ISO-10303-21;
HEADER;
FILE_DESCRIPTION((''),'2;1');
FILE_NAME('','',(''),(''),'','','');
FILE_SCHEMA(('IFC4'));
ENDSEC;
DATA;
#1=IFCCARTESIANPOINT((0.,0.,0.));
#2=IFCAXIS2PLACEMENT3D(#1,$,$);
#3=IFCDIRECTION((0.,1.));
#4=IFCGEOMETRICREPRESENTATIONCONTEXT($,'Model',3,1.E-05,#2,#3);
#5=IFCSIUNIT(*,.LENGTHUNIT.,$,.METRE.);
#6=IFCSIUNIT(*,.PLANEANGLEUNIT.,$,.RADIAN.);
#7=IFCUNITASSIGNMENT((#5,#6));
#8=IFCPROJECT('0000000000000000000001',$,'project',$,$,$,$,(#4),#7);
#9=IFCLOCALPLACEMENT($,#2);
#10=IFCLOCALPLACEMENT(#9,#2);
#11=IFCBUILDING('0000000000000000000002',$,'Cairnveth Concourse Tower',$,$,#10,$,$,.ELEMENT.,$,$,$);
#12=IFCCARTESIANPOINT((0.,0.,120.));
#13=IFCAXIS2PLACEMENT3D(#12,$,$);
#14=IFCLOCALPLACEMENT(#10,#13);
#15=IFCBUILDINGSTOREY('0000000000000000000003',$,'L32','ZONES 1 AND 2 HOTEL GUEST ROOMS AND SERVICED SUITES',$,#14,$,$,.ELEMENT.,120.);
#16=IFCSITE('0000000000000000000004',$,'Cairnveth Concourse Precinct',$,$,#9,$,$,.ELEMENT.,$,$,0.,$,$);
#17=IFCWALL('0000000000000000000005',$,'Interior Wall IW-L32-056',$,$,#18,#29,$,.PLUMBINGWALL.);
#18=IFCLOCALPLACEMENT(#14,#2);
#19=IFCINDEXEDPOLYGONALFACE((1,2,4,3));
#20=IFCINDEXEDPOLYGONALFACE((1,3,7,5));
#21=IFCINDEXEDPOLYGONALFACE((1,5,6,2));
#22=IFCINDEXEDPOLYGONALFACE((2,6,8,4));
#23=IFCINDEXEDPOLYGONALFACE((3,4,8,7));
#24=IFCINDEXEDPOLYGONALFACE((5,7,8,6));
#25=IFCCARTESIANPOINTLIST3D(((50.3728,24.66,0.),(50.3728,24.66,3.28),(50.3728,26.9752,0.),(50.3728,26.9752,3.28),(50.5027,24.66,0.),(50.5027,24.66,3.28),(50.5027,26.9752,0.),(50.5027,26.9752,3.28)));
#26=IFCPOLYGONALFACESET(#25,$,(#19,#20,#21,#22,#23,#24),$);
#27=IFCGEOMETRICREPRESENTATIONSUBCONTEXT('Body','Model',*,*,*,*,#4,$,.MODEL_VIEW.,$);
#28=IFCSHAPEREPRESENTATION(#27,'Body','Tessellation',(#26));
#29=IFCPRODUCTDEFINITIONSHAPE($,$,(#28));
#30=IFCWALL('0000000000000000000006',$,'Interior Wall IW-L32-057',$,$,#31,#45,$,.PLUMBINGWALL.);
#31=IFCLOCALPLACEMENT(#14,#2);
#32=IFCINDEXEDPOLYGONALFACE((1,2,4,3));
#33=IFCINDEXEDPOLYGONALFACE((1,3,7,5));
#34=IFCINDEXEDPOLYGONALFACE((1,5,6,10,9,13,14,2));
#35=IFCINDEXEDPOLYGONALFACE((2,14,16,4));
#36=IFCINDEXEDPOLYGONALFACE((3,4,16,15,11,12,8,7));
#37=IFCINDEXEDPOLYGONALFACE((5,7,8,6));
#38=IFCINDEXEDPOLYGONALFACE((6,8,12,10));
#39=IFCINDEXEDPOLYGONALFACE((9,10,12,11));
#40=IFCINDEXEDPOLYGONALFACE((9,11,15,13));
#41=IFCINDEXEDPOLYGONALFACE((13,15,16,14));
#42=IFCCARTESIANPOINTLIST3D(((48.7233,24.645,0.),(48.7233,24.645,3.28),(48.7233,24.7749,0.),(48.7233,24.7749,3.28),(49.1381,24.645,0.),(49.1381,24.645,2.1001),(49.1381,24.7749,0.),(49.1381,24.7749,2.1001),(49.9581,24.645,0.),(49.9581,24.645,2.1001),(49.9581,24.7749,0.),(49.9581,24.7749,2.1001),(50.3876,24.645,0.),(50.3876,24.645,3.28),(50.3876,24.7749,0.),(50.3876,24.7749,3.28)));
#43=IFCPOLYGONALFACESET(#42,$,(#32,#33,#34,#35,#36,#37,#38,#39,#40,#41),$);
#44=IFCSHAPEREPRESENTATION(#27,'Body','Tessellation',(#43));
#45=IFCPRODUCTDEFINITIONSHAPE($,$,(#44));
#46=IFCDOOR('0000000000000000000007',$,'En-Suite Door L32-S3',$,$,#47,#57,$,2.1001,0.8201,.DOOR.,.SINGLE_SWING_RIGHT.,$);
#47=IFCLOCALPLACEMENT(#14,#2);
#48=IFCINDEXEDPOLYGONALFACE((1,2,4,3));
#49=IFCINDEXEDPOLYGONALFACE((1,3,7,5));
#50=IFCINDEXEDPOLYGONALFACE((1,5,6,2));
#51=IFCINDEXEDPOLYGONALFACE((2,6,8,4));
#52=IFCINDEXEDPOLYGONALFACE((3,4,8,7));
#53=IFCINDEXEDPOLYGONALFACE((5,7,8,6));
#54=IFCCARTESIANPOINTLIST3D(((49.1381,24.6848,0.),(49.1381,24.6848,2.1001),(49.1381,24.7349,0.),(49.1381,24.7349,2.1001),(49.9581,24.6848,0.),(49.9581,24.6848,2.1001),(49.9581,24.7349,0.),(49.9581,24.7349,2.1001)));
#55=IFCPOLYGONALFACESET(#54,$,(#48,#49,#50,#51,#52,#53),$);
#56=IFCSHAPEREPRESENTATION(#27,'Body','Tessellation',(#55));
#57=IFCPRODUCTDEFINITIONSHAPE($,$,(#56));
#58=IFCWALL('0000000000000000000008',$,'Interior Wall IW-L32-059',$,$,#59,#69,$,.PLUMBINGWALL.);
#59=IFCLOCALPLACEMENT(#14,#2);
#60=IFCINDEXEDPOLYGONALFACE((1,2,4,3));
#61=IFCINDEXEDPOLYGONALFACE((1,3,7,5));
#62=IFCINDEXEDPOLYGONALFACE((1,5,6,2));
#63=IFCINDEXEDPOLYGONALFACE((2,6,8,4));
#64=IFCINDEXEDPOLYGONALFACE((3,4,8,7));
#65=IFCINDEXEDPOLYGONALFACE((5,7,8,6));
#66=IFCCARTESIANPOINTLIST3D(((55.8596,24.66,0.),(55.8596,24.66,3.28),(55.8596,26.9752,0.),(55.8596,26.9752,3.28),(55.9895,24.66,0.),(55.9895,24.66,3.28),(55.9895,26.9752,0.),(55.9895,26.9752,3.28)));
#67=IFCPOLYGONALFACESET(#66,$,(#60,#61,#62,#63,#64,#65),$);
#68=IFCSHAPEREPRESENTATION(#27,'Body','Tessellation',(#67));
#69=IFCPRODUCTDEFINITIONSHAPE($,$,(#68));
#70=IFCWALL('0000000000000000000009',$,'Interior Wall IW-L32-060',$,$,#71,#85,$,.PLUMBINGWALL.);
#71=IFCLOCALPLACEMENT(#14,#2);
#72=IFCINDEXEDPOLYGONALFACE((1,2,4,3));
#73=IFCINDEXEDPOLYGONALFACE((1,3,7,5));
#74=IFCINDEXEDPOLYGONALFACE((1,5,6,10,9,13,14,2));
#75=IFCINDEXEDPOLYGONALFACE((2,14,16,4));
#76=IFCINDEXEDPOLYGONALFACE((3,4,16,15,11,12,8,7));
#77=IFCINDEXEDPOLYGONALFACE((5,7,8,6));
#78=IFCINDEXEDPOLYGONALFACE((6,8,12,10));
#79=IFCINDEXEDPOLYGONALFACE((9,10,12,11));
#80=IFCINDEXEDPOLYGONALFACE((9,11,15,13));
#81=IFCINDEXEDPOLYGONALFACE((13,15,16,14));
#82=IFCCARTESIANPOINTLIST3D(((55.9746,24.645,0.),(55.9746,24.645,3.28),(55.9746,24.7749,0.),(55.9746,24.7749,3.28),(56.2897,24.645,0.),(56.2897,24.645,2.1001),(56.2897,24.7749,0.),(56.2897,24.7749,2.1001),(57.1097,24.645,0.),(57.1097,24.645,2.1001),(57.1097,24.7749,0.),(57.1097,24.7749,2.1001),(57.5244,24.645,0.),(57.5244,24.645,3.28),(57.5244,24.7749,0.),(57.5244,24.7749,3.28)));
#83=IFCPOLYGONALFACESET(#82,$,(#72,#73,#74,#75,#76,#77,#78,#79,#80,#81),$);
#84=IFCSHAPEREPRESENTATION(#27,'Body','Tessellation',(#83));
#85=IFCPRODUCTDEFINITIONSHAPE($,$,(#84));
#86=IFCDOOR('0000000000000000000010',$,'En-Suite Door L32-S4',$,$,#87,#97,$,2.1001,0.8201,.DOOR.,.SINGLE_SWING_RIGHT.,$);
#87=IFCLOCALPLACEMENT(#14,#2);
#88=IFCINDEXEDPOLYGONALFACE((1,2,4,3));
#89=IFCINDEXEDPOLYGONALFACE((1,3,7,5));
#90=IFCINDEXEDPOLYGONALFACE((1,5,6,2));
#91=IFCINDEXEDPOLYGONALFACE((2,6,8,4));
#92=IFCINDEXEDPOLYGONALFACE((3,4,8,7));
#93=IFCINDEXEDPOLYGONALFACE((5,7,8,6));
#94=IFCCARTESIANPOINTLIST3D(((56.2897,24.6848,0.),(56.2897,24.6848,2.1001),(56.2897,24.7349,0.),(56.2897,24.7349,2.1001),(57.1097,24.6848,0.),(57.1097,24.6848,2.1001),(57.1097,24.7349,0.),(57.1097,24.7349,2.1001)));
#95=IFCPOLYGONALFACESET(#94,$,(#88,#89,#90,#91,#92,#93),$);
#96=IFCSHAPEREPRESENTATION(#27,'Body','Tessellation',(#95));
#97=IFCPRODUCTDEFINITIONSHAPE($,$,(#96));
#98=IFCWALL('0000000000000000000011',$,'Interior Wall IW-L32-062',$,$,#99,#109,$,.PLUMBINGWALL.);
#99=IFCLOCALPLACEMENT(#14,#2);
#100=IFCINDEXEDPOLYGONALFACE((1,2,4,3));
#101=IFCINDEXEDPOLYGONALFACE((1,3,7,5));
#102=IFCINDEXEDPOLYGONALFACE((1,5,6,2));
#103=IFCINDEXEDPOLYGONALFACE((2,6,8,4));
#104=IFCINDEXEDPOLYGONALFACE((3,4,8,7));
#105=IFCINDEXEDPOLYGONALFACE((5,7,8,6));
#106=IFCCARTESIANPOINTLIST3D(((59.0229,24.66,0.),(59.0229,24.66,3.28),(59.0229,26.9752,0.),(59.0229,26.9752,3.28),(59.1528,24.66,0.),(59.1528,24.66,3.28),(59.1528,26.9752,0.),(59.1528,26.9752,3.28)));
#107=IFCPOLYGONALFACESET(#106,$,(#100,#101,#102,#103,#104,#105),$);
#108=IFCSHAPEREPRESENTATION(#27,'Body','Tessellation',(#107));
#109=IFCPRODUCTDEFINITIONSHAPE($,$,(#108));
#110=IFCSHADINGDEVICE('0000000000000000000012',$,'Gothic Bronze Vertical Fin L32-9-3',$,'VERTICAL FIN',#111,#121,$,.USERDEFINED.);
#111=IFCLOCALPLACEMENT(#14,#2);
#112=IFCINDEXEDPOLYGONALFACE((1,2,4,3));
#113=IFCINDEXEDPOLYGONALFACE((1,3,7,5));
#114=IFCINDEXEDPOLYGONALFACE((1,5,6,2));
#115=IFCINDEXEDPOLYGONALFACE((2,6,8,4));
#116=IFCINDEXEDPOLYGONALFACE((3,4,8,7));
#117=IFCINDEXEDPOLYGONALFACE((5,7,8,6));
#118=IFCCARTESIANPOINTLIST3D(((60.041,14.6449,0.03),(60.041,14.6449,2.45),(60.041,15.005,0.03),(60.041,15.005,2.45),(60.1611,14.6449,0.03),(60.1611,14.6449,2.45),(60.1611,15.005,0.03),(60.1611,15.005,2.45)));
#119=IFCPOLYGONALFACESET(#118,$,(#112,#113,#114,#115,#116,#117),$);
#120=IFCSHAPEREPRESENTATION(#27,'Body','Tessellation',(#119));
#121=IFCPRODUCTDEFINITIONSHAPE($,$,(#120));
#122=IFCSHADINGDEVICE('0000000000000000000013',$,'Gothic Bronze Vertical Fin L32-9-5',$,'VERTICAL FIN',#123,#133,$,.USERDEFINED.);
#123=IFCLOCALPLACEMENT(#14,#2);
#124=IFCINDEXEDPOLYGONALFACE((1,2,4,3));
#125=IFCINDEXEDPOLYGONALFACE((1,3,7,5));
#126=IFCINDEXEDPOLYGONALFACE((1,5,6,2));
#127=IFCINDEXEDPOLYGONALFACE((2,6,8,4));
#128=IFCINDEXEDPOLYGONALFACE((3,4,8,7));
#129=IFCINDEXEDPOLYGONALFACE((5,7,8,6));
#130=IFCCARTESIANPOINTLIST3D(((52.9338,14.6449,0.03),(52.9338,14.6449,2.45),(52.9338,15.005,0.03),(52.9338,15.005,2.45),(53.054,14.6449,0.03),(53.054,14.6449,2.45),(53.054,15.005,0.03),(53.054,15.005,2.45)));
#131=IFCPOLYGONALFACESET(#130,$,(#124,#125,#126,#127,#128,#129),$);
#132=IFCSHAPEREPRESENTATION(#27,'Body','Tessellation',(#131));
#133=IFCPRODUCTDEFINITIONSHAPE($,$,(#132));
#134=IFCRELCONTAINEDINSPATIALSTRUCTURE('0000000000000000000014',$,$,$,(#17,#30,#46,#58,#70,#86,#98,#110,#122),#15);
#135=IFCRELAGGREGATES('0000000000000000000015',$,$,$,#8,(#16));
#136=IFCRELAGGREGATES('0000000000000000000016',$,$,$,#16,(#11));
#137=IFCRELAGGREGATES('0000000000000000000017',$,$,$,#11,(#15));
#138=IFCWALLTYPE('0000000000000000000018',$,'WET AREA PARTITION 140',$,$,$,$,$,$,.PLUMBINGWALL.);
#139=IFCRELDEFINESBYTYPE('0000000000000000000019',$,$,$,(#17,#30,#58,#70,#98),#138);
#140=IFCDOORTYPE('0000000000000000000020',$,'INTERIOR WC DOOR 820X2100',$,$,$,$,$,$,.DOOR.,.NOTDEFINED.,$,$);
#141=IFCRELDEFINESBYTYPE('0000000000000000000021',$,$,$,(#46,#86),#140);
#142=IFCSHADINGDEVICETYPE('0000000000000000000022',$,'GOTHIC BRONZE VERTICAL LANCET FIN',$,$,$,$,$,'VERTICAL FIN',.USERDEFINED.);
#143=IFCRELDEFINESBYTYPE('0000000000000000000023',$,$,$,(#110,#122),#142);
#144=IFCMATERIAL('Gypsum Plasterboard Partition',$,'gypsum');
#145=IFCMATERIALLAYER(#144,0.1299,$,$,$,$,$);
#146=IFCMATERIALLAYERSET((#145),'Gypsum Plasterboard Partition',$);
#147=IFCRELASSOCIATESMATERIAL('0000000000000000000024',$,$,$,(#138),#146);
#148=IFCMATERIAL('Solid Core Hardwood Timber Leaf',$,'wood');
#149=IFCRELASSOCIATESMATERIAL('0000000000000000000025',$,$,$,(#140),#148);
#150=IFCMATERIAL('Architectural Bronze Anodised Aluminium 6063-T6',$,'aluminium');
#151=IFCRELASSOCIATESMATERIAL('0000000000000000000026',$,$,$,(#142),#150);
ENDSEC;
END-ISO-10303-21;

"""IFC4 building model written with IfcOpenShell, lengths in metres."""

from ifc_helpers import new_model, si_unit, direction, frame, frame_2d, origin, origin_2d, place, context, subcontext, project, spatial, rectangle, extrude, material, layer, layer_set, type_object, element, fill, save


model = new_model("IFC4")

# Units and contexts
model_context = context("Model", 3, precision=1e-05, world=origin(), true_north=direction((0.0, 1.0)))
body_context = subcontext(model_context, "Body", "Model", "MODEL_VIEW")
ifc_project = project(units=[si_unit("LENGTHUNIT", "METRE"), si_unit("PLANEANGLEUNIT", "RADIAN")], contexts=[model_context])

# Site, building, storey
site_placement = place(None, origin())
site = spatial("IfcSite", under=ifc_project, at=site_placement, Name="Cairnveth Concourse Precinct", CompositionType="ELEMENT", RefElevation=0.0)
building_placement = place(site_placement, origin())
building = spatial("IfcBuilding", under=site, at=building_placement, Name="Cairnveth Concourse Tower", CompositionType="ELEMENT")
storey_placement = place(building_placement, frame((0.0, 0.0, 120.0)))
storey = spatial("IfcBuildingStorey", under=building, at=storey_placement, Name="L32", Description="ZONES 1 AND 2 HOTEL GUEST ROOMS AND SERVICED SUITES", CompositionType="ELEMENT", Elevation=120.0)

# Wall
ifc_material_1 = material(Name="Gypsum Plasterboard Partition", Category="gypsum")
ifc_layer_1 = layer(ifc_material_1, 0.1299)
ifc_layer_set_1 = layer_set([ifc_layer_1], Name="Gypsum Plasterboard Partition")
wall_type_1 = type_object("IfcWallType", Name="WET AREA PARTITION 140", PredefinedType="PLUMBINGWALL", material=ifc_layer_set_1)
wall_1_placement = place(storey_placement, frame((50.4377, 24.6599, 0.0), z_axis=(0.0, 0.0, 1.0), x_axis=(0.0, 1.0, 0.0)))
element("IfcWall", 1, at=wall_1_placement, inside=storey, type_object=wall_type_1, Name="Interior Wall IW-L32-056", PredefinedType="PLUMBINGWALL", context=body_context, shape_type="SweptSolid", body=[
    extrude(rectangle(XDim=2.3152, YDim=0.1299, at=frame_2d((1.1577, 0.0))), origin(), (0.0, 0.0, 1.0), 3.28),
])

# Wall, opening, door
wall_2_placement = place(storey_placement, frame((48.7234, 24.71, 0.0), z_axis=(0.0, 0.0, 1.0), x_axis=(1.0, 0.0, 0.0)))
wall_2 = element("IfcWall", 2, at=wall_2_placement, inside=storey, type_object=wall_type_1, Name="Interior Wall IW-L32-057", PredefinedType="PLUMBINGWALL", context=body_context, shape_type="SweptSolid", body=[
    extrude(rectangle(XDim=1.6643, YDim=0.1299, at=frame_2d((0.832, 0.0))), origin(), (0.0, 0.0, 1.0), 3.28),
])
opening_1_placement = place(wall_2_placement, frame((0.4146, 0.0, 0.0)))
opening_1 = element("IfcOpeningElement", 3, at=opening_1_placement, cuts=wall_2, PredefinedType="OPENING", context=body_context, shape_type="SweptSolid", body=[
    extrude(rectangle(XDim=0.8201, YDim=2.1001, at=frame_2d((0.4102, 1.05))), frame((0.0, 0.075, 0.0), z_axis=(0.0, -1.0, 0.0), x_axis=(1.0, 0.0, 0.0)), (0.0, 0.0, 1.0), 0.1499),
])
ifc_material_2 = material(Name="Solid Core Hardwood Timber Leaf", Category="wood")
door_type = type_object("IfcDoorType", Name="INTERIOR WC DOOR 820X2100", OperationType="NOTDEFINED", PredefinedType="DOOR", material=ifc_material_2)
door_1_placement = place(opening_1_placement, origin())
door_1 = element("IfcDoor", 4, at=door_1_placement, inside=storey, type_object=door_type, Name="En-Suite Door L32-S3", OperationType="SINGLE_SWING_RIGHT", OverallHeight=2.1001, OverallWidth=0.8201, PredefinedType="DOOR", context=body_context, shape_type="SweptSolid", body=[
    extrude(rectangle(XDim=0.8201, YDim=2.1001, at=frame_2d((0.4102, 1.05))), frame((0.0, 0.0249, 0.0), z_axis=(0.0, -1.0, 0.0), x_axis=(1.0, 0.0, 0.0)), (0.0, 0.0, 1.0), 0.05),
])
fill(opening_1, door_1)

# Wall
wall_3_placement = place(storey_placement, frame((55.9246, 24.6599, 0.0), z_axis=(0.0, 0.0, 1.0), x_axis=(0.0, 1.0, 0.0)))
element("IfcWall", 5, at=wall_3_placement, inside=storey, type_object=wall_type_1, Name="Interior Wall IW-L32-059", PredefinedType="PLUMBINGWALL", context=body_context, shape_type="SweptSolid", body=[
    extrude(rectangle(XDim=2.3152, YDim=0.1299, at=frame_2d((1.1577, 0.0))), origin(), (0.0, 0.0, 1.0), 3.28),
])

# Wall, opening, door
wall_4_placement = place(storey_placement, frame((55.9746, 24.71, 0.0), z_axis=(0.0, 0.0, 1.0), x_axis=(1.0, 0.0, 0.0)))
wall_4 = element("IfcWall", 6, at=wall_4_placement, inside=storey, type_object=wall_type_1, Name="Interior Wall IW-L32-060", PredefinedType="PLUMBINGWALL", context=body_context, shape_type="SweptSolid", body=[
    extrude(rectangle(XDim=1.5498, YDim=0.1299, at=frame_2d((0.7749, 0.0))), origin(), (0.0, 0.0, 1.0), 3.28),
])
opening_2_placement = place(wall_4_placement, frame((0.3149, 0.0, 0.0)))
opening_2 = element("IfcOpeningElement", 7, at=opening_2_placement, cuts=wall_4, PredefinedType="OPENING", context=body_context, shape_type="SweptSolid", body=[
    extrude(rectangle(XDim=0.8201, YDim=2.1001, at=frame_2d((0.4102, 1.05))), frame((0.0, 0.075, 0.0), z_axis=(0.0, -1.0, 0.0), x_axis=(1.0, 0.0, 0.0)), (0.0, 0.0, 1.0), 0.1499),
])
door_2_placement = place(opening_2_placement, origin())
door_2 = element("IfcDoor", 8, at=door_2_placement, inside=storey, type_object=door_type, Name="En-Suite Door L32-S4", OperationType="SINGLE_SWING_RIGHT", OverallHeight=2.1001, OverallWidth=0.8201, PredefinedType="DOOR", context=body_context, shape_type="SweptSolid", body=[
    extrude(rectangle(XDim=0.8201, YDim=2.1001, at=frame_2d((0.4102, 1.05))), frame((0.0, 0.0249, 0.0), z_axis=(0.0, -1.0, 0.0), x_axis=(1.0, 0.0, 0.0)), (0.0, 0.0, 1.0), 0.05),
])
fill(opening_2, door_2)

# Wall
wall_5_placement = place(storey_placement, frame((59.0879, 24.6599, 0.0), z_axis=(0.0, 0.0, 1.0), x_axis=(0.0, 1.0, 0.0)))
element("IfcWall", 9, at=wall_5_placement, inside=storey, type_object=wall_type_1, Name="Interior Wall IW-L32-062", PredefinedType="PLUMBINGWALL", context=body_context, shape_type="SweptSolid", body=[
    extrude(rectangle(XDim=2.3152, YDim=0.1299, at=frame_2d((1.1577, 0.0))), origin(), (0.0, 0.0, 1.0), 3.28),
])

# Shading devices
ifc_material_3 = material(Name="Architectural Bronze Anodised Aluminium 6063-T6", Category="aluminium")
shading_device_type = type_object("IfcShadingDeviceType", Name="GOTHIC BRONZE VERTICAL LANCET FIN", ElementType="VERTICAL FIN", PredefinedType="USERDEFINED", material=ifc_material_3)
for number, where, z_axis, x_axis, name in (
    (10, (60.1011, 14.825, 0.03), (0.0, 0.0, 1.0), (1.0, 0.0, 0.0), "Gothic Bronze Vertical Fin L32-9-3"),
    (11, (52.9939, 14.825, 0.03), (0.0, 0.0, 1.0), (1.0, 0.0, 0.0), "Gothic Bronze Vertical Fin L32-9-5"),
):
    element("IfcShadingDevice", number, at=place(storey_placement, frame(where, z_axis=z_axis, x_axis=x_axis)), inside=storey, type_object=shading_device_type, Name=name, ObjectType="VERTICAL FIN", PredefinedType="USERDEFINED", context=body_context, shape_type="SweptSolid", body=[
        extrude(rectangle(XDim=0.1201, YDim=0.3601, at=origin_2d()), origin(), (0.0, 0.0, 1.0), 2.4199),
    ])

save(model, "model.ifc")
